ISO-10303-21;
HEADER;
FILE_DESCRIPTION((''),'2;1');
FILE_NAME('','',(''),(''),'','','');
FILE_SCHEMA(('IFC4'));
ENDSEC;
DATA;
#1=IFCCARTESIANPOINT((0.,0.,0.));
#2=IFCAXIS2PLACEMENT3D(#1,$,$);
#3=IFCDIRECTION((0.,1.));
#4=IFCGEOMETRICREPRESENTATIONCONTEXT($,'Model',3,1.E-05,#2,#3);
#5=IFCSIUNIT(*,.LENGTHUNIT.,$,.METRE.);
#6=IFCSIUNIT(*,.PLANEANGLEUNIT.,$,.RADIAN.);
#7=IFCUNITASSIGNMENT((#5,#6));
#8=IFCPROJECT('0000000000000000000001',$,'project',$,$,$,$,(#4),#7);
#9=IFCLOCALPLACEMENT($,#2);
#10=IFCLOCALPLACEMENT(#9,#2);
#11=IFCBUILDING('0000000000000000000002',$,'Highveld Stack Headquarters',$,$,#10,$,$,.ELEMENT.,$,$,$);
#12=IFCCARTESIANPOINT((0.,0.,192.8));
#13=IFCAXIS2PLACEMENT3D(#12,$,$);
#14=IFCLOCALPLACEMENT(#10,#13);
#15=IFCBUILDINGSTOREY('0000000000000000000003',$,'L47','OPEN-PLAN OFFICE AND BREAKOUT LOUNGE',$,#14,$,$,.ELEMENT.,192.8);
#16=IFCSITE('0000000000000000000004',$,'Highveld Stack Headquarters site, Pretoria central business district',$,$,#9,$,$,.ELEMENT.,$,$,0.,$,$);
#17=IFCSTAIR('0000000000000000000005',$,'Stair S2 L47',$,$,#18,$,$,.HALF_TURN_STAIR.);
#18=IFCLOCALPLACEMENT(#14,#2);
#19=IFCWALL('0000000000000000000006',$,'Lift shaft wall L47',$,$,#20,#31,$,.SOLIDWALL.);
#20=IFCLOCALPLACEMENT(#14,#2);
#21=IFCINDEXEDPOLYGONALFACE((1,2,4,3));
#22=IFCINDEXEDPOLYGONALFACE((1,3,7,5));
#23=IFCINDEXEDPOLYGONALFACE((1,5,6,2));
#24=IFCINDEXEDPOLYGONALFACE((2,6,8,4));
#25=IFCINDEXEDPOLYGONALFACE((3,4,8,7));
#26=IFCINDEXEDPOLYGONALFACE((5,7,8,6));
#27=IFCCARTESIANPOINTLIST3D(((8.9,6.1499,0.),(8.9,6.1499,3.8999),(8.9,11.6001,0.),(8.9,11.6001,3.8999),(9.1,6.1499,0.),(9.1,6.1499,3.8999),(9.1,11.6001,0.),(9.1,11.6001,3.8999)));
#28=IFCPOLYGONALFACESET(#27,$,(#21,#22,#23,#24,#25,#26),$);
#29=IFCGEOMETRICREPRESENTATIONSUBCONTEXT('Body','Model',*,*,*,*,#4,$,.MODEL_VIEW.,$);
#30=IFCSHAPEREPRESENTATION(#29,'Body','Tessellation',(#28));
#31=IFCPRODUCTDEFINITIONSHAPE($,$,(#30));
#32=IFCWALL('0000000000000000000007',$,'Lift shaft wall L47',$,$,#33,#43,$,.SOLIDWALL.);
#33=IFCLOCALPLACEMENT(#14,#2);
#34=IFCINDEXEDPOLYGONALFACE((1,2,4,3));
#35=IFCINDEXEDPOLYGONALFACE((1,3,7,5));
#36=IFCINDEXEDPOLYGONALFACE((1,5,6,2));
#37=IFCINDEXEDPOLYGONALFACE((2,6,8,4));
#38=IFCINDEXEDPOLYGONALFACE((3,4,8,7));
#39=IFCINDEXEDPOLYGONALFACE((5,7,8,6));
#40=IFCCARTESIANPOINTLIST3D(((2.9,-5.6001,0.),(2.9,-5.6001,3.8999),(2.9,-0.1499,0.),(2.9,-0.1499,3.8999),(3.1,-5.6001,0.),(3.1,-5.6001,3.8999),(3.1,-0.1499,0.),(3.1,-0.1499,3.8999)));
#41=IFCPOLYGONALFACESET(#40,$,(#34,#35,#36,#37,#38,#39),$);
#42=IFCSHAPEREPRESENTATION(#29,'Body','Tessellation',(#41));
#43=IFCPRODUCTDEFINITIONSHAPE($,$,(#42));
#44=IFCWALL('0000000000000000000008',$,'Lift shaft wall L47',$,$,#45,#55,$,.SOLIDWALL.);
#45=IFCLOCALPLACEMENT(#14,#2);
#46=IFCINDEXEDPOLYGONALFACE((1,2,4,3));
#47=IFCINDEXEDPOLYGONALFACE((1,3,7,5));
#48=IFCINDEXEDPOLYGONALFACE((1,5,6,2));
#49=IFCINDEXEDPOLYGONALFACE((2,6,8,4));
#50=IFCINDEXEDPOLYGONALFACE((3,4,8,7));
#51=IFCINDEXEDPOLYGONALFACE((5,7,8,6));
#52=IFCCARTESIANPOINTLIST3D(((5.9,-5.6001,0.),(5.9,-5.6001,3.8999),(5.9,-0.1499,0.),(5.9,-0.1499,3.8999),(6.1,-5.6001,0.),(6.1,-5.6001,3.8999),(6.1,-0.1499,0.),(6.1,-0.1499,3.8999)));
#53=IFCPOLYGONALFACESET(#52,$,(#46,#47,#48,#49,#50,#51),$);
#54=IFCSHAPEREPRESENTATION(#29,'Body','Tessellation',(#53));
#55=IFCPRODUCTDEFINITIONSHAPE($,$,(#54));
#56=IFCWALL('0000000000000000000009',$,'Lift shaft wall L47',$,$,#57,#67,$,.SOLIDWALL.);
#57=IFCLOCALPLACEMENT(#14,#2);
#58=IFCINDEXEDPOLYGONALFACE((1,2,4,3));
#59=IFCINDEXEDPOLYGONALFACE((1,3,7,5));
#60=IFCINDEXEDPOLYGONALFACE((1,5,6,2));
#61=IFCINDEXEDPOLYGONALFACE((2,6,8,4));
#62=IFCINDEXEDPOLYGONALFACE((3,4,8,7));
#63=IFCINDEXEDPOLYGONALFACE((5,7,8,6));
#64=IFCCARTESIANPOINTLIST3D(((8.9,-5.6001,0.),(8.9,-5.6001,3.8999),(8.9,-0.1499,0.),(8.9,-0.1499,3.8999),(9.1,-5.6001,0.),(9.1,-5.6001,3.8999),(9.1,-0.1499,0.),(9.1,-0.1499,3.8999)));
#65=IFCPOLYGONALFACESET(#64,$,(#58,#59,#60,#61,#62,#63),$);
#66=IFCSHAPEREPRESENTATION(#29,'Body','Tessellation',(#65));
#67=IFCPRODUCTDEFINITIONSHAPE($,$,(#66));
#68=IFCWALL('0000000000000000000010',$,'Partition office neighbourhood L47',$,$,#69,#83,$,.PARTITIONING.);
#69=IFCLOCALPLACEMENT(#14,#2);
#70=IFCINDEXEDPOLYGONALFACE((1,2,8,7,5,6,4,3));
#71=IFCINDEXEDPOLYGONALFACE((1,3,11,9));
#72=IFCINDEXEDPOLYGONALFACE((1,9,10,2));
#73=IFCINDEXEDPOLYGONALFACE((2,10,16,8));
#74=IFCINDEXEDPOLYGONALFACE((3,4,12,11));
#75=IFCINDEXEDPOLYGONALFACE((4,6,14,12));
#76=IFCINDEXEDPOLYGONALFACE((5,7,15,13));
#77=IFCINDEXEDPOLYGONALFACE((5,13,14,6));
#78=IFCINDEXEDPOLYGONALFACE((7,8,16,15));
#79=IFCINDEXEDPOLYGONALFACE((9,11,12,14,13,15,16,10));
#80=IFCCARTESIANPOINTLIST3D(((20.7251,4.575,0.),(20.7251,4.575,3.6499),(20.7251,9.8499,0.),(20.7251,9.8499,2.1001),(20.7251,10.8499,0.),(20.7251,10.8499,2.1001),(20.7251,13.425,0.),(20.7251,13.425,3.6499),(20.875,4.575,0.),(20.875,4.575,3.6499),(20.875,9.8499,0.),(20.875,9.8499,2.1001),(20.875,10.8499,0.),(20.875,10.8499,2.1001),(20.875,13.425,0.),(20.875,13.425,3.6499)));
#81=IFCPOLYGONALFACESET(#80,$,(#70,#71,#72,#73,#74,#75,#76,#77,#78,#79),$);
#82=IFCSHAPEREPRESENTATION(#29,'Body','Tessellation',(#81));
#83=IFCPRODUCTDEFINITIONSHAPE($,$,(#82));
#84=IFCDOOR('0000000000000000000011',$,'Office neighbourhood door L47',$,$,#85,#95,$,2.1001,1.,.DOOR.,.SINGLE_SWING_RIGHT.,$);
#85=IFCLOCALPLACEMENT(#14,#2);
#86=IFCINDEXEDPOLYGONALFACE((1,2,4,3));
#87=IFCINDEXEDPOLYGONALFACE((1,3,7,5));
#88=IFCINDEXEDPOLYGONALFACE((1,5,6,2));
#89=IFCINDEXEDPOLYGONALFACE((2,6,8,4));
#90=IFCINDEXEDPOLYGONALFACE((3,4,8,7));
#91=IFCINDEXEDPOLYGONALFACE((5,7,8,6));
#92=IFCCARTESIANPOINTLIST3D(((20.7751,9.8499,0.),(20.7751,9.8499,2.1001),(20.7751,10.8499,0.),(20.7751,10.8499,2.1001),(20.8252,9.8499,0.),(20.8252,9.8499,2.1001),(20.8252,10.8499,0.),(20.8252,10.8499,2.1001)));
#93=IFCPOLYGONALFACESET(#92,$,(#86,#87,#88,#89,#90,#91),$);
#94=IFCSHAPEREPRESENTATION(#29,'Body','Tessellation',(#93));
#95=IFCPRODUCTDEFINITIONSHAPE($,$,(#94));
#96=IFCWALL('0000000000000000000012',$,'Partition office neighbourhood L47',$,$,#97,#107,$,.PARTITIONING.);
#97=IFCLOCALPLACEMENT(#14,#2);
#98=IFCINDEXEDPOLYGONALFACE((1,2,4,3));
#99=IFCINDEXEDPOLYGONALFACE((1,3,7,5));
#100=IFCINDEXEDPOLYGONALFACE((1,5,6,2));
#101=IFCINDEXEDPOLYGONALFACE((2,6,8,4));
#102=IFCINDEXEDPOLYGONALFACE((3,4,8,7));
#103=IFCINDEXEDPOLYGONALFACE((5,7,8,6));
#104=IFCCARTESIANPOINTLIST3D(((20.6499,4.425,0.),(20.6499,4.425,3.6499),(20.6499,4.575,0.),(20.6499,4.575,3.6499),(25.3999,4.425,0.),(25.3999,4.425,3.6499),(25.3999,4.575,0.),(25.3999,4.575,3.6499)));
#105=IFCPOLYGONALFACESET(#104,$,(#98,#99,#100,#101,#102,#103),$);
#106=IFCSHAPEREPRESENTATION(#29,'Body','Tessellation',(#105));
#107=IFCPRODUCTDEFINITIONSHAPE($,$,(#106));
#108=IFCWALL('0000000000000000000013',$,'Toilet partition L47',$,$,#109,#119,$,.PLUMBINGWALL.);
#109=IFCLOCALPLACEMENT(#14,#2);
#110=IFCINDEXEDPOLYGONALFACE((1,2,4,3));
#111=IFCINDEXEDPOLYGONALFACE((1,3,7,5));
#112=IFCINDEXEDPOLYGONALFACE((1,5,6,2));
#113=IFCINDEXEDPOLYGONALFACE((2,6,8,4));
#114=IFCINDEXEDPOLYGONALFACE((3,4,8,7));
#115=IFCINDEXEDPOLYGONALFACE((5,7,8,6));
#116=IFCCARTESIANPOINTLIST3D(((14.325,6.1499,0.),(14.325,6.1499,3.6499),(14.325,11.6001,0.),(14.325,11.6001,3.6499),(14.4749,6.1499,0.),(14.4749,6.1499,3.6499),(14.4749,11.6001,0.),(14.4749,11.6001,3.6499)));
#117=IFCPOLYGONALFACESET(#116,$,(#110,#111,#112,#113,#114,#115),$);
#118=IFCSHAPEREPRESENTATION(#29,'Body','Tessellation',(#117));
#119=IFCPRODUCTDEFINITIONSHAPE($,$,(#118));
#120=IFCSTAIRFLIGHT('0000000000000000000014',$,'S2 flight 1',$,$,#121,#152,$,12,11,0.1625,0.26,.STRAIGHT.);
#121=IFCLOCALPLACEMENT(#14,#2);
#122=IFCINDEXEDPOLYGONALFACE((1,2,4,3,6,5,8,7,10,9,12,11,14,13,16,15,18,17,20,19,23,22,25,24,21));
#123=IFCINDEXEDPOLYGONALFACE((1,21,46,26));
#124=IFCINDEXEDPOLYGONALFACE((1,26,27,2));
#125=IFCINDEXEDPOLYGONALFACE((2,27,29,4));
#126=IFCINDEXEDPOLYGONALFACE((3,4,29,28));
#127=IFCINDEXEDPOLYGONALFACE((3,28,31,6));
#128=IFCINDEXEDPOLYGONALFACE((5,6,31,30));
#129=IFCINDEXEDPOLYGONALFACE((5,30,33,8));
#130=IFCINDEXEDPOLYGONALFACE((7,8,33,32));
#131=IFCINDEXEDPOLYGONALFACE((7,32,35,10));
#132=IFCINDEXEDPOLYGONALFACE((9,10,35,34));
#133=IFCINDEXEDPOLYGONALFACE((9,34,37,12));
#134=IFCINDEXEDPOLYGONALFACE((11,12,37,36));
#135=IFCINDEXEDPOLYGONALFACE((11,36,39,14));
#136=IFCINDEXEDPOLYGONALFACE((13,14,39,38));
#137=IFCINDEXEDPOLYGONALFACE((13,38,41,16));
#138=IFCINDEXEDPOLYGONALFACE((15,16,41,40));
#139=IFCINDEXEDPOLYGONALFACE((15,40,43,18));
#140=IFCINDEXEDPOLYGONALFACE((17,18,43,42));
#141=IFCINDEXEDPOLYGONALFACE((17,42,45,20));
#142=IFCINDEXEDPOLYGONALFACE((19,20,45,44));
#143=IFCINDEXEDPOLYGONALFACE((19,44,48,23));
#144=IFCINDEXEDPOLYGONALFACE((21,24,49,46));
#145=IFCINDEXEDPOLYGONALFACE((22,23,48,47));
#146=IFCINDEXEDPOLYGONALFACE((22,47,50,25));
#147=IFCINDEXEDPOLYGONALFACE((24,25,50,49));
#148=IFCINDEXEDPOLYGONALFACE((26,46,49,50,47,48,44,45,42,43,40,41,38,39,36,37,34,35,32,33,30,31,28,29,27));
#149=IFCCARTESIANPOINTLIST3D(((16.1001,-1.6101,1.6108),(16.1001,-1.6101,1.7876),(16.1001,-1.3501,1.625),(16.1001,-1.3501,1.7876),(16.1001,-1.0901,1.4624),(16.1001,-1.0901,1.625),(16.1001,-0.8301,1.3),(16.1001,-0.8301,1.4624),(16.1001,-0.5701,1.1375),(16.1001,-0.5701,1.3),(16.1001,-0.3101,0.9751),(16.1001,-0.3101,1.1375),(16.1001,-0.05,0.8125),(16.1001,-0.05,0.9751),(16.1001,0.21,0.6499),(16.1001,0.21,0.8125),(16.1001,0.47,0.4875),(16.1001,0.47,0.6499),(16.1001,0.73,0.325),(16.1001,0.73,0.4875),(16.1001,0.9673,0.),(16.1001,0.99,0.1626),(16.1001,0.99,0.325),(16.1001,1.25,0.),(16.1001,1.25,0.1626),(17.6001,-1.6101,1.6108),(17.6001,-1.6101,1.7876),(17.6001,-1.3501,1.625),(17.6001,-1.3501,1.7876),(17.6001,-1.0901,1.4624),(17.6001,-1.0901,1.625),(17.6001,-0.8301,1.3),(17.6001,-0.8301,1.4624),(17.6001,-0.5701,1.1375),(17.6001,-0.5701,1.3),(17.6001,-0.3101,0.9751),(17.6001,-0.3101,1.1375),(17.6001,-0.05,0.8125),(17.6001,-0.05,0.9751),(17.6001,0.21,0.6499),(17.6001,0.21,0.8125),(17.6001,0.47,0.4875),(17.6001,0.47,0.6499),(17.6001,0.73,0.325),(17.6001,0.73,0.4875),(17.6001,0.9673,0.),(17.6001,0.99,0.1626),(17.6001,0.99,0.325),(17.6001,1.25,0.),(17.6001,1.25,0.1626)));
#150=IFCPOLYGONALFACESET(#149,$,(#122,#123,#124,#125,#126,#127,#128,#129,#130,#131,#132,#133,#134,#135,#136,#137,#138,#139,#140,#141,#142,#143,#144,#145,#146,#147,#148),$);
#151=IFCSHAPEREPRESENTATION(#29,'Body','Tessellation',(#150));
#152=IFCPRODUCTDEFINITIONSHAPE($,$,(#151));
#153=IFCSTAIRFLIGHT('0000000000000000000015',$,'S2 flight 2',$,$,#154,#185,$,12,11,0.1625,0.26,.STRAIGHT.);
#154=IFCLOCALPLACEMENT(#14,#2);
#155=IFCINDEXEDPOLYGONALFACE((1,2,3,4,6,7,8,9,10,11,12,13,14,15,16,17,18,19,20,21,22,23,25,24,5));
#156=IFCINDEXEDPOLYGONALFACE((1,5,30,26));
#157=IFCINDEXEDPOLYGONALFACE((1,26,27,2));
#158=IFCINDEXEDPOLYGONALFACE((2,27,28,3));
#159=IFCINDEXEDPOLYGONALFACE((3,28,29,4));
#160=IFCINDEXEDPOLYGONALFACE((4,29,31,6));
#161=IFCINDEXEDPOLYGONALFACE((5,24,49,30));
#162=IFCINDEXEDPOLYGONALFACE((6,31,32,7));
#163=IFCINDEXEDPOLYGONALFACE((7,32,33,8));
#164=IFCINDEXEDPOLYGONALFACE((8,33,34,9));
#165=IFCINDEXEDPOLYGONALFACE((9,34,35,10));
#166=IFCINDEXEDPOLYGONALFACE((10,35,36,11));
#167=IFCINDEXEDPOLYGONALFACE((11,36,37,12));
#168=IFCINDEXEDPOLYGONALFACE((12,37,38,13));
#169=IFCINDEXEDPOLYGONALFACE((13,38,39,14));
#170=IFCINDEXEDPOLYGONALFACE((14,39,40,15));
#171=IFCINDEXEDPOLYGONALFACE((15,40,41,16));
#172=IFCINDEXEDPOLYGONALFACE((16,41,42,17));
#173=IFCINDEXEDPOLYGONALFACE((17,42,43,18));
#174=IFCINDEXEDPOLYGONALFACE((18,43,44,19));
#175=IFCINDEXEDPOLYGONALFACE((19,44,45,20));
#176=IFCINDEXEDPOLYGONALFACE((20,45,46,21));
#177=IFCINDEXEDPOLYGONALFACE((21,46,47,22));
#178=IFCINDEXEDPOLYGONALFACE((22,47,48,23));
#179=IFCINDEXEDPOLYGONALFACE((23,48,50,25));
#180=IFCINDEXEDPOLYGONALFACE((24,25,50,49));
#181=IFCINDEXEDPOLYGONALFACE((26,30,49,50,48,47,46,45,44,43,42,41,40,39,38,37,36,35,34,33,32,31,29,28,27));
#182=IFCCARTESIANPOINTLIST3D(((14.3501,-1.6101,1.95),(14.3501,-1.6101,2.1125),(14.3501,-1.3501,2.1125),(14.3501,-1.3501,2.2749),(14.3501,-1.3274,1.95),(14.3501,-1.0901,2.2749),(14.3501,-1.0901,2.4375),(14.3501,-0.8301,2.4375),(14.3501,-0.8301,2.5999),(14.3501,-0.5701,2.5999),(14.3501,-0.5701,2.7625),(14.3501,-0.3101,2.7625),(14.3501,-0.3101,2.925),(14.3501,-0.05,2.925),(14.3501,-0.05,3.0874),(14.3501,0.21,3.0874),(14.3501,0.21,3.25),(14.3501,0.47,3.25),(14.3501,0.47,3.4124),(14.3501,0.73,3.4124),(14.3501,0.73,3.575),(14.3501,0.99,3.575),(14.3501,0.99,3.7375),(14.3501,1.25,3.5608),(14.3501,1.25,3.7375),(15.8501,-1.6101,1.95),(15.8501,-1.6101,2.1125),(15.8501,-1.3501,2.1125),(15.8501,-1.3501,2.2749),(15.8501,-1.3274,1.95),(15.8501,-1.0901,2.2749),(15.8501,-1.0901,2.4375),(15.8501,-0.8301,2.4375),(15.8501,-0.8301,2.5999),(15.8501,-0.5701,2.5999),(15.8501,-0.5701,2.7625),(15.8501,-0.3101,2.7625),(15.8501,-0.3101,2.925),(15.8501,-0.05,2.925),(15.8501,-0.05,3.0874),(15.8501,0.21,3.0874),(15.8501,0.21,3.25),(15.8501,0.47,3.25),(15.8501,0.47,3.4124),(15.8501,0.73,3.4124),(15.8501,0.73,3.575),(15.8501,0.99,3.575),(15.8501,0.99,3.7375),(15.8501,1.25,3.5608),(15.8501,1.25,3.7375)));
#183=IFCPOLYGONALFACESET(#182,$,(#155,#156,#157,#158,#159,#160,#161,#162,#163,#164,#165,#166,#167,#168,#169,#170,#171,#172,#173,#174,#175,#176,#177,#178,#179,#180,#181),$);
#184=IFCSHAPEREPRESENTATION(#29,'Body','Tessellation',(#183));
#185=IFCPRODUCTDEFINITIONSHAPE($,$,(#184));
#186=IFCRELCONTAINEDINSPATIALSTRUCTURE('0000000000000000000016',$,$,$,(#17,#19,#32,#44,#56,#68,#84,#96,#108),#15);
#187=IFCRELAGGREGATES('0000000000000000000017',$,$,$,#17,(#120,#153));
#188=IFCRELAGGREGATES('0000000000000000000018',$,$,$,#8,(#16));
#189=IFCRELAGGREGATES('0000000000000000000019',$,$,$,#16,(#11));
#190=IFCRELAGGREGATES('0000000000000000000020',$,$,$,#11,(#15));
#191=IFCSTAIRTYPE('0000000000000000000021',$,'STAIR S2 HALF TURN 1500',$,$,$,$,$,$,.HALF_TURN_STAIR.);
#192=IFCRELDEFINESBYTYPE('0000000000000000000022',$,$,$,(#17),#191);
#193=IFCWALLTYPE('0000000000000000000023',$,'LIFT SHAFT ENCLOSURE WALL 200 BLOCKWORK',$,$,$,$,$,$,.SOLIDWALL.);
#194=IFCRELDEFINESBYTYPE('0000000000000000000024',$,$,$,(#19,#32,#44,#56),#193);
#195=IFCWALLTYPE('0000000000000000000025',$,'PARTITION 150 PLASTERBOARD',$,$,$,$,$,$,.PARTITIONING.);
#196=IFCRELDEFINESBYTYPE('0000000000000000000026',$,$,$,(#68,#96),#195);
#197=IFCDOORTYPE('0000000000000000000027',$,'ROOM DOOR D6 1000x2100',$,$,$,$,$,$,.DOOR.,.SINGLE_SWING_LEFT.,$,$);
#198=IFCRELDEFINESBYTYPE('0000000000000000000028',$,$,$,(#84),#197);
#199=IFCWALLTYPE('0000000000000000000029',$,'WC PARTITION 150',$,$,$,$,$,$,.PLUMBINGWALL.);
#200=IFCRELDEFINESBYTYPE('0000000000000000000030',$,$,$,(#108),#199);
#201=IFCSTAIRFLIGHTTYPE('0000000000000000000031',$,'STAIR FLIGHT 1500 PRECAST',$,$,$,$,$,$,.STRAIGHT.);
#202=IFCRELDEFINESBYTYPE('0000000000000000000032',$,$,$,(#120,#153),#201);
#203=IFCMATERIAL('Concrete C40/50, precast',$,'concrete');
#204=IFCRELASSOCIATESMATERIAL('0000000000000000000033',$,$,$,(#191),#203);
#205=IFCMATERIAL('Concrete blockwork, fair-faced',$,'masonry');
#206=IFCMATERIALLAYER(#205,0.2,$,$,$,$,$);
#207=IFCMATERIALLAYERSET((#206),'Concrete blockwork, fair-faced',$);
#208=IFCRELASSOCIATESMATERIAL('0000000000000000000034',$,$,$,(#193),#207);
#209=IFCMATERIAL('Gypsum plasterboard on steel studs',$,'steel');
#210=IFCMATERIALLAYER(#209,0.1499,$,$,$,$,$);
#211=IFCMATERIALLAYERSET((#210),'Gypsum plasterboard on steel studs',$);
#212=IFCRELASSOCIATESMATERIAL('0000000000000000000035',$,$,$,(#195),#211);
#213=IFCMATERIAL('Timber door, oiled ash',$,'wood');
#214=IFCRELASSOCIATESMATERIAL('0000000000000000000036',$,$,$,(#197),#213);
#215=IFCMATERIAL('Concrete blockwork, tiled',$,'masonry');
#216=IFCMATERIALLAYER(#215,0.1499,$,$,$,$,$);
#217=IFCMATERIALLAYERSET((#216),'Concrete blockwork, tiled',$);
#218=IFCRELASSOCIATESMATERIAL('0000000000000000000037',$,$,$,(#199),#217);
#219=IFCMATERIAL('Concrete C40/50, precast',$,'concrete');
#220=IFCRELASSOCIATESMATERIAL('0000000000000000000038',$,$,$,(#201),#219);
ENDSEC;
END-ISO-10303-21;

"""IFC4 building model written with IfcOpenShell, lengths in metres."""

from ifc_helpers import new_model, si_unit, direction, frame, frame_2d, origin, place, context, subcontext, project, spatial, polyline, rectangle, outline, extrude, material, layer, layer_set, type_object, element, fill, aggregate, save


model = new_model("IFC4")

# Units and contexts
model_context = context("Model", 3, precision=1e-05, world=origin(), true_north=direction((0.0, 1.0)))
body_context = subcontext(model_context, "Body", "Model", "MODEL_VIEW")
ifc_project = project(units=[si_unit("LENGTHUNIT", "METRE"), si_unit("PLANEANGLEUNIT", "RADIAN")], contexts=[model_context])

# Site, building, storey
site_placement = place(None, origin())
site = spatial("IfcSite", under=ifc_project, at=site_placement, Name="Highveld Stack Headquarters site, Pretoria central business district", CompositionType="ELEMENT", RefElevation=0.0)
building_placement = place(site_placement, origin())
building = spatial("IfcBuilding", under=site, at=building_placement, Name="Highveld Stack Headquarters", CompositionType="ELEMENT")
storey_placement = place(building_placement, frame((0.0, 0.0, 192.8)))
storey = spatial("IfcBuildingStorey", under=building, at=storey_placement, Name="L47", Description="OPEN-PLAN OFFICE AND BREAKOUT LOUNGE", CompositionType="ELEMENT", Elevation=192.8)

# Stair
ifc_material_1 = material(Name="Concrete C40/50, precast", Category="concrete")
stair_type = type_object("IfcStairType", Name="STAIR S2 HALF TURN 1500", PredefinedType="HALF_TURN_STAIR", material=ifc_material_1)
stair_placement = place(storey_placement, origin())
stair = element("IfcStair", 1, at=stair_placement, inside=storey, type_object=stair_type, Name="Stair S2 L47", PredefinedType="HALF_TURN_STAIR")

# Walls
ifc_material_2 = material(Name="Concrete blockwork, fair-faced", Category="masonry")
ifc_layer_1 = layer(ifc_material_2, 0.2)
ifc_layer_set_1 = layer_set([ifc_layer_1], Name="Concrete blockwork, fair-faced")
wall_type_1 = type_object("IfcWallType", Name="LIFT SHAFT ENCLOSURE WALL 200 BLOCKWORK", PredefinedType="SOLIDWALL", material=ifc_layer_set_1)
for number, where, z_axis, x_axis, name in (
    (2, (9.0, 6.1499, 0.0), (0.0, 0.0, 1.0), (0.0, 1.0, 0.0), "Lift shaft wall L47"),
    (3, (3.0, -5.6001, 0.0), (0.0, 0.0, 1.0), (0.0, 1.0, 0.0), "Lift shaft wall L47"),
    (4, (6.0, -5.6001, 0.0), (0.0, 0.0, 1.0), (0.0, 1.0, 0.0), "Lift shaft wall L47"),
    (5, (9.0, -5.6001, 0.0), (0.0, 0.0, 1.0), (0.0, 1.0, 0.0), "Lift shaft wall L47"),
):
    element("IfcWall", number, at=place(storey_placement, frame(where, z_axis=z_axis, x_axis=x_axis)), inside=storey, type_object=wall_type_1, Name=name, PredefinedType="SOLIDWALL", context=body_context, shape_type="SweptSolid", body=[
        extrude(rectangle(XDim=5.4502, YDim=0.2, at=frame_2d((2.7251, 0.0))), origin(), (0.0, 0.0, 1.0), 3.8999),
    ])

# Wall, opening, door
ifc_material_3 = material(Name="Gypsum plasterboard on steel studs", Category="steel")
ifc_layer_2 = layer(ifc_material_3, 0.1499)
ifc_layer_set_2 = layer_set([ifc_layer_2], Name="Gypsum plasterboard on steel studs")
wall_type_2 = type_object("IfcWallType", Name="PARTITION 150 PLASTERBOARD", PredefinedType="PARTITIONING", material=ifc_layer_set_2)
wall_1_placement = place(storey_placement, frame((20.8, 4.575, 0.0), z_axis=(0.0, 0.0, 1.0), x_axis=(0.0, 1.0, 0.0)))
wall_1 = element("IfcWall", 6, at=wall_1_placement, inside=storey, type_object=wall_type_2, Name="Partition office neighbourhood L47", PredefinedType="PARTITIONING", context=body_context, shape_type="SweptSolid", body=[
    extrude(rectangle(XDim=8.8501, YDim=0.1499, at=frame_2d((4.425, 0.0))), origin(), (0.0, 0.0, 1.0), 3.6499),
])
opening_1_placement = place(wall_1_placement, frame((5.2749, 0.0, 0.0)))
opening_1 = element("IfcOpeningElement", 7, at=opening_1_placement, cuts=wall_1, PredefinedType="OPENING", context=body_context, shape_type="SweptSolid", body=[
    extrude(rectangle(XDim=1.0, YDim=2.1001, at=frame_2d((0.5, 1.05))), frame((0.0, 0.085, 0.0), z_axis=(0.0, -1.0, 0.0), x_axis=(1.0, 0.0, 0.0)), (0.0, 0.0, 1.0), 0.1699),
])
ifc_material_4 = material(Name="Timber door, oiled ash", Category="wood")
door_type_1 = type_object("IfcDoorType", Name="ROOM DOOR D6 1000x2100", OperationType="SINGLE_SWING_LEFT", PredefinedType="DOOR", material=ifc_material_4)
door_1_placement = place(opening_1_placement, origin())
door_1 = element("IfcDoor", 8, at=door_1_placement, inside=storey, type_object=door_type_1, Name="Office neighbourhood door L47", OperationType="SINGLE_SWING_RIGHT", OverallHeight=2.1001, OverallWidth=1.0, PredefinedType="DOOR", context=body_context, shape_type="SweptSolid", body=[
    extrude(rectangle(XDim=1.0, YDim=2.1001, at=frame_2d((0.5, 1.05))), frame((0.0, 0.0249, 0.0), z_axis=(0.0, -1.0, 0.0), x_axis=(1.0, 0.0, 0.0)), (0.0, 0.0, 1.0), 0.05),
])
fill(opening_1, door_1)

# Walls
wall_2_placement = place(storey_placement, frame((20.6499, 4.5, 0.0), z_axis=(0.0, 0.0, 1.0), x_axis=(1.0, 0.0, 0.0)))
element("IfcWall", 9, at=wall_2_placement, inside=storey, type_object=wall_type_2, Name="Partition office neighbourhood L47", PredefinedType="PARTITIONING", context=body_context, shape_type="SweptSolid", body=[
    extrude(rectangle(XDim=4.75, YDim=0.1499, at=frame_2d((2.375, 0.0))), origin(), (0.0, 0.0, 1.0), 3.6499),
])
ifc_material_5 = material(Name="Concrete blockwork, tiled", Category="masonry")
ifc_layer_3 = layer(ifc_material_5, 0.1499)
ifc_layer_set_3 = layer_set([ifc_layer_3], Name="Concrete blockwork, tiled")
wall_type_3 = type_object("IfcWallType", Name="WC PARTITION 150", PredefinedType="PLUMBINGWALL", material=ifc_layer_set_3)
wall_3_placement = place(storey_placement, frame((14.3999, 6.1499, 0.0), z_axis=(0.0, 0.0, 1.0), x_axis=(0.0, 1.0, 0.0)))
element("IfcWall", 10, at=wall_3_placement, inside=storey, type_object=wall_type_3, Name="Toilet partition L47", PredefinedType="PLUMBINGWALL", context=body_context, shape_type="SweptSolid", body=[
    extrude(rectangle(XDim=5.4502, YDim=0.1499, at=frame_2d((2.7251, 0.0))), origin(), (0.0, 0.0, 1.0), 3.6499),
])

# Stair flights
ifc_material_6 = material(Name="Concrete C40/50, precast", Category="concrete")
stair_flight_type = type_object("IfcStairFlightType", Name="STAIR FLIGHT 1500 PRECAST", PredefinedType="STRAIGHT", material=ifc_material_6)
stair_flight_1_placement = place(storey_placement, frame((16.8501, 1.25, 0.0), z_axis=(0.0, 0.0, 1.0), x_axis=(0.0, -1.0, 0.0)))
stair_flight_1 = element("IfcStairFlight", 11, at=stair_flight_1_placement, type_object=stair_flight_type, Name="S2 flight 1", NumberOfRisers=12, NumberOfTreads=11, PredefinedType="STRAIGHT", RiserHeight=0.1625, TreadLength=0.26, context=body_context, shape_type="SweptSolid", body=[
    extrude(outline(polyline([(0.0, 0.0), (0.0, 0.1626), (0.26, 0.1626), (0.26, 0.325), (0.52, 0.325), (0.52, 0.4875), (0.78, 0.4875), (0.78, 0.6499), (1.04, 0.6499), (1.04, 0.8125), (1.3, 0.8125), (1.3, 0.9751), (1.5601, 0.9751), (1.5601, 1.1375), (1.8201, 1.1375), (1.8201, 1.3), (2.0801, 1.3), (2.0801, 1.4624), (2.3401, 1.4624), (2.3401, 1.625), (2.6001, 1.625), (2.6001, 1.7876), (2.8601, 1.7876), (2.8601, 1.95), (2.8601, 1.6108), (0.2827, 0.0), (0.0, 0.0)])), frame((0.0, 0.75, 0.0), z_axis=(0.0, -1.0, 0.0), x_axis=(1.0, 0.0, 0.0)), (0.0, 0.0, 1.0), 1.5),
])
stair_flight_2_placement = place(storey_placement, frame((15.1001, -1.6101, 1.95), z_axis=(0.0, 0.0, 1.0), x_axis=(0.0, 1.0, 0.0)))
stair_flight_2 = element("IfcStairFlight", 12, at=stair_flight_2_placement, type_object=stair_flight_type, Name="S2 flight 2", NumberOfRisers=12, NumberOfTreads=11, PredefinedType="STRAIGHT", RiserHeight=0.1625, TreadLength=0.26, context=body_context, shape_type="SweptSolid", body=[
    extrude(outline(polyline([(0.0, 0.0), (0.0, 0.1626), (0.26, 0.1626), (0.26, 0.325), (0.52, 0.325), (0.52, 0.4875), (0.78, 0.4875), (0.78, 0.6499), (1.04, 0.6499), (1.04, 0.8125), (1.3, 0.8125), (1.3, 0.9751), (1.5601, 0.9751), (1.5601, 1.1375), (1.8201, 1.1375), (1.8201, 1.3), (2.0801, 1.3), (2.0801, 1.4624), (2.3401, 1.4624), (2.3401, 1.625), (2.6001, 1.625), (2.6001, 1.7876), (2.8601, 1.7876), (2.8601, 1.95), (2.8601, 1.6108), (0.2827, 0.0), (0.0, 0.0)])), frame((0.0, 0.75, 0.0), z_axis=(0.0, -1.0, 0.0), x_axis=(1.0, 0.0, 0.0)), (0.0, 0.0, 1.0), 1.5),
])
aggregate(stair, [stair_flight_1, stair_flight_2])

save(model, "model.ifc")
